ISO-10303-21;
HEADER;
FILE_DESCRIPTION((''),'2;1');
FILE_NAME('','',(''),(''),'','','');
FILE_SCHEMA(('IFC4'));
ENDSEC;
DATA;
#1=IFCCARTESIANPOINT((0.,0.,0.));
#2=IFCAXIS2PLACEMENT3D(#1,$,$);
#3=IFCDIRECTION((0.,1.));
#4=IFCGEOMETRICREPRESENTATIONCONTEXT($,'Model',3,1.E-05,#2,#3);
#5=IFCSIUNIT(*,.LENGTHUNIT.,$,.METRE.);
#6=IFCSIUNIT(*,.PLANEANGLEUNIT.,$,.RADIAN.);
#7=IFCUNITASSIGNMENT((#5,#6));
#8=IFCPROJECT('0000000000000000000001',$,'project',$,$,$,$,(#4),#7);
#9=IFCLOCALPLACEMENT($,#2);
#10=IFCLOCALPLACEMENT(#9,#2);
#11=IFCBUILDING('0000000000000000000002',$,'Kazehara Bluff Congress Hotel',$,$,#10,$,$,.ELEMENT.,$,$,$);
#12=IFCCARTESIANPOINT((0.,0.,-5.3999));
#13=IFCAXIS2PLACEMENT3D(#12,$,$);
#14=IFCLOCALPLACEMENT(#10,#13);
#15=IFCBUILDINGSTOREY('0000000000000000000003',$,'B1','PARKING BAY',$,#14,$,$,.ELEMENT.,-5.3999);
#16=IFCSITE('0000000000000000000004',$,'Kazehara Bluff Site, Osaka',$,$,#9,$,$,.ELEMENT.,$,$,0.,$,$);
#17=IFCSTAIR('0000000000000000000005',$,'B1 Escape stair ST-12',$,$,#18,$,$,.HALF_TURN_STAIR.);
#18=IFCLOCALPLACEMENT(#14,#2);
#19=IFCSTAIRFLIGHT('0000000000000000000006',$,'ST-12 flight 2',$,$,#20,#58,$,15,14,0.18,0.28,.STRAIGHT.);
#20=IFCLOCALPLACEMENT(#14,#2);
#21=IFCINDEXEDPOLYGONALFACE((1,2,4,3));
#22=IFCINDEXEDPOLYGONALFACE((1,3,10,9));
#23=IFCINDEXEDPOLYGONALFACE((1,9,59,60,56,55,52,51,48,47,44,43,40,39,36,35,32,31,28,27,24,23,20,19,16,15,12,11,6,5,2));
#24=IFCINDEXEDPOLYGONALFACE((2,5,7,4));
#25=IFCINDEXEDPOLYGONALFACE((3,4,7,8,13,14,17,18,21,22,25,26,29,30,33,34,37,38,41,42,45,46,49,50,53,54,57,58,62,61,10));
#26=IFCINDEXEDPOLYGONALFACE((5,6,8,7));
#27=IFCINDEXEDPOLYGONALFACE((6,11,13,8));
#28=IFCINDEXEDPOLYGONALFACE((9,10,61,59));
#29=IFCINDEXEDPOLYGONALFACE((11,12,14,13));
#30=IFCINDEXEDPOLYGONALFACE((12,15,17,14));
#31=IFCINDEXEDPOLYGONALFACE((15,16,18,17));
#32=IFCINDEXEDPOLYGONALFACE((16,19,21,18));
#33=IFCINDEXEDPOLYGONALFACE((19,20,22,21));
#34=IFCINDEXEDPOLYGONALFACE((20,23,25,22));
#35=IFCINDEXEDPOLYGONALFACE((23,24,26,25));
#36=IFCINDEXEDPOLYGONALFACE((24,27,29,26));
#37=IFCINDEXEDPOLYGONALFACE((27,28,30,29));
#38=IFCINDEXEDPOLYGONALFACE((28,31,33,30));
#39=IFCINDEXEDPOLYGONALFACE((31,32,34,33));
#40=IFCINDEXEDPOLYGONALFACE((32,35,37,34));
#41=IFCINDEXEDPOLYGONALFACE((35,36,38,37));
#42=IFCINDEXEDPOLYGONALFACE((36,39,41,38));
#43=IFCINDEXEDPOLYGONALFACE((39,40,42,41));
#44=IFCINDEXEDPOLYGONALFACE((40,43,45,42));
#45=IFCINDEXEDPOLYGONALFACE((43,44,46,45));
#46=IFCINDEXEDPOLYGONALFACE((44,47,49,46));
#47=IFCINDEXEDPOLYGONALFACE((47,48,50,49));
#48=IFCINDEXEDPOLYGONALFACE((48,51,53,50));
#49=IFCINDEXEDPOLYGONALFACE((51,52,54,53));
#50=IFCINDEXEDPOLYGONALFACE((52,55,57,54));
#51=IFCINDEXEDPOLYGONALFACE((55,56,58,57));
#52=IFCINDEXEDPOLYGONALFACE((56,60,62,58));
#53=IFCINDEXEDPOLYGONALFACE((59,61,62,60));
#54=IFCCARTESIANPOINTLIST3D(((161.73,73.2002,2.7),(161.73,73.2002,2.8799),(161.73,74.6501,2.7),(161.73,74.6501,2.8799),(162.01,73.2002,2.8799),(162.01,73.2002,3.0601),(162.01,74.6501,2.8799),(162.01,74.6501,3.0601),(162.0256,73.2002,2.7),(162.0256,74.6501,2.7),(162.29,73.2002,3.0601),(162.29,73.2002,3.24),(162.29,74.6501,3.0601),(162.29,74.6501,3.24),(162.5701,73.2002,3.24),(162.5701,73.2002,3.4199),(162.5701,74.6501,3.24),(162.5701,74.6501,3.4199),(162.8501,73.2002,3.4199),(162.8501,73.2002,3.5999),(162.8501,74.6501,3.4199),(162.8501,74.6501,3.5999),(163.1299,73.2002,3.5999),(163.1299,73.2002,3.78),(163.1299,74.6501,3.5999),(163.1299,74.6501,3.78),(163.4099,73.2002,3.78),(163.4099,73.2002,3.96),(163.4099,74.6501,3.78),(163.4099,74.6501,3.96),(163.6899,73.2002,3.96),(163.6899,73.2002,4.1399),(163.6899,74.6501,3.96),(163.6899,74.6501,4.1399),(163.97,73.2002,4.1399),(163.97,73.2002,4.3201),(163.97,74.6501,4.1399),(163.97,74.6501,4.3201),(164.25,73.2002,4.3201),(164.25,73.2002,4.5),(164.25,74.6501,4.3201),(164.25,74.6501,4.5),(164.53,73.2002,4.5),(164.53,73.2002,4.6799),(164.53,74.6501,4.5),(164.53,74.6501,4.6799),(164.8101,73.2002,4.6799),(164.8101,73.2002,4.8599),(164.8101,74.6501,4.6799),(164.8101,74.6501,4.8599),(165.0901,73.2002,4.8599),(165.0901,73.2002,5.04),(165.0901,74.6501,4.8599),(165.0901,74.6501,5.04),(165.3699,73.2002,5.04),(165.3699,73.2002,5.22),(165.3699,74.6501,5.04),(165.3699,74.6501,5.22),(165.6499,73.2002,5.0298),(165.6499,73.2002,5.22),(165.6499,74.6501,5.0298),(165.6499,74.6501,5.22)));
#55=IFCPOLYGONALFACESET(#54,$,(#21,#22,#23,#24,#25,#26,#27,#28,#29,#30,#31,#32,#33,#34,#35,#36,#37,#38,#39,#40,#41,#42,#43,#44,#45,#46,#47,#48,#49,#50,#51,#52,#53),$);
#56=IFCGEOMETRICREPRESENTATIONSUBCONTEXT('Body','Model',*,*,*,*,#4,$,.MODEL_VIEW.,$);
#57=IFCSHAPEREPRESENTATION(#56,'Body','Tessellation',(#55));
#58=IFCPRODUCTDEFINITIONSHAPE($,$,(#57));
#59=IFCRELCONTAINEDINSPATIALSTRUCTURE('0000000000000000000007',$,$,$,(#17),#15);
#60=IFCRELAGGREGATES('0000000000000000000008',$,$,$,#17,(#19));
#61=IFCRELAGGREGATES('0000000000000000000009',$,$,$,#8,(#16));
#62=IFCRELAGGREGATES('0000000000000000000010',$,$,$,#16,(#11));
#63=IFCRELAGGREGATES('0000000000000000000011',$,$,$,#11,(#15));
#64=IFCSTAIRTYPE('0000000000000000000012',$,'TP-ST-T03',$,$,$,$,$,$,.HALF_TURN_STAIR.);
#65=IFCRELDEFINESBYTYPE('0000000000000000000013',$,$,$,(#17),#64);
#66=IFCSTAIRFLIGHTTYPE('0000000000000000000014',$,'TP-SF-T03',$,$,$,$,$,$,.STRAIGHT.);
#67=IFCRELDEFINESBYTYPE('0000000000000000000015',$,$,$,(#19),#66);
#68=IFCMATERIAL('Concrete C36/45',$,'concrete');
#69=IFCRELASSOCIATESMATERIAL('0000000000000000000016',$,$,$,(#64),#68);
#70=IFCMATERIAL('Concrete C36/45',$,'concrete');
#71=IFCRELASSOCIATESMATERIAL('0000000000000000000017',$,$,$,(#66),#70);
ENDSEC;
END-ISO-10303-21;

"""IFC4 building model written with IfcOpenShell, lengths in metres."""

from ifc_helpers import new_model, si_unit, direction, frame, origin, place, context, subcontext, project, spatial, polyline, outline, extrude, material, type_object, element, aggregate, save


model = new_model("IFC4")

# Units and contexts
model_context = context("Model", 3, precision=1e-05, world=origin(), true_north=direction((0.0, 1.0)))
body_context = subcontext(model_context, "Body", "Model", "MODEL_VIEW")
ifc_project = project(units=[si_unit("LENGTHUNIT", "METRE"), si_unit("PLANEANGLEUNIT", "RADIAN")], contexts=[model_context])

# Site, building, storey
site_placement = place(None, origin())
site = spatial("IfcSite", under=ifc_project, at=site_placement, Name="Kazehara Bluff Site, Osaka", CompositionType="ELEMENT", RefElevation=0.0)
building_placement = place(site_placement, origin())
building = spatial("IfcBuilding", under=site, at=building_placement, Name="Kazehara Bluff Congress Hotel", CompositionType="ELEMENT")
storey_placement = place(building_placement, frame((0.0, 0.0, -5.3999)))
storey = spatial("IfcBuildingStorey", under=building, at=storey_placement, Name="B1", Description="PARKING BAY", CompositionType="ELEMENT", Elevation=-5.3999)

# Stair, stair flight
ifc_material_1 = material(Name="Concrete C36/45", Category="concrete")
stair_type = type_object("IfcStairType", Name="TP-ST-T03", PredefinedType="HALF_TURN_STAIR", material=ifc_material_1)
stair_placement = place(storey_placement, origin())
stair = element("IfcStair", 1, at=stair_placement, inside=storey, type_object=stair_type, Name="B1 Escape stair ST-12", PredefinedType="HALF_TURN_STAIR")
ifc_material_2 = material(Name="Concrete C36/45", Category="concrete")
stair_flight_type = type_object("IfcStairFlightType", Name="TP-SF-T03", PredefinedType="STRAIGHT", material=ifc_material_2)
stair_flight_1_placement = place(storey_placement, frame((161.73, 73.925, 2.7), z_axis=(0.0, 0.0, 1.0), x_axis=(1.0, 0.0, 0.0)))
stair_flight_1 = element("IfcStairFlight", 2, at=stair_flight_1_placement, type_object=stair_flight_type, Name="ST-12 flight 2", NumberOfRisers=15, NumberOfTreads=14, PredefinedType="STRAIGHT", RiserHeight=0.18, TreadLength=0.28, context=body_context, shape_type="SweptSolid", body=[
    extrude(outline(polyline([(0.0, 0.0), (0.0, 0.1799), (0.28, 0.1799), (0.28, 0.3601), (0.5601, 0.3601), (0.5601, 0.54), (0.8401, 0.54), (0.8401, 0.72), (1.1201, 0.72), (1.1201, 0.8999), (1.3999, 0.8999), (1.3999, 1.0801), (1.6799, 1.0801), (1.6799, 1.26), (1.96, 1.26), (1.96, 1.4399), (2.24, 1.4399), (2.24, 1.6201), (2.52, 1.6201), (2.52, 1.8), (2.8, 1.8), (2.8, 1.98), (3.0801, 1.98), (3.0801, 2.1599), (3.3601, 2.1599), (3.3601, 2.3401), (3.6399, 2.3401), (3.6399, 2.52), (3.9199, 2.52), (3.9199, 2.7), (3.9199, 2.3298), (0.2957, 0.0), (0.0, 0.0)])), frame((0.0, 0.7251, 0.0), z_axis=(0.0, -1.0, 0.0), x_axis=(1.0, 0.0, 0.0)), (0.0, 0.0, 1.0), 1.45),
])
aggregate(stair, [stair_flight_1])

save(model, "model.ifc")
